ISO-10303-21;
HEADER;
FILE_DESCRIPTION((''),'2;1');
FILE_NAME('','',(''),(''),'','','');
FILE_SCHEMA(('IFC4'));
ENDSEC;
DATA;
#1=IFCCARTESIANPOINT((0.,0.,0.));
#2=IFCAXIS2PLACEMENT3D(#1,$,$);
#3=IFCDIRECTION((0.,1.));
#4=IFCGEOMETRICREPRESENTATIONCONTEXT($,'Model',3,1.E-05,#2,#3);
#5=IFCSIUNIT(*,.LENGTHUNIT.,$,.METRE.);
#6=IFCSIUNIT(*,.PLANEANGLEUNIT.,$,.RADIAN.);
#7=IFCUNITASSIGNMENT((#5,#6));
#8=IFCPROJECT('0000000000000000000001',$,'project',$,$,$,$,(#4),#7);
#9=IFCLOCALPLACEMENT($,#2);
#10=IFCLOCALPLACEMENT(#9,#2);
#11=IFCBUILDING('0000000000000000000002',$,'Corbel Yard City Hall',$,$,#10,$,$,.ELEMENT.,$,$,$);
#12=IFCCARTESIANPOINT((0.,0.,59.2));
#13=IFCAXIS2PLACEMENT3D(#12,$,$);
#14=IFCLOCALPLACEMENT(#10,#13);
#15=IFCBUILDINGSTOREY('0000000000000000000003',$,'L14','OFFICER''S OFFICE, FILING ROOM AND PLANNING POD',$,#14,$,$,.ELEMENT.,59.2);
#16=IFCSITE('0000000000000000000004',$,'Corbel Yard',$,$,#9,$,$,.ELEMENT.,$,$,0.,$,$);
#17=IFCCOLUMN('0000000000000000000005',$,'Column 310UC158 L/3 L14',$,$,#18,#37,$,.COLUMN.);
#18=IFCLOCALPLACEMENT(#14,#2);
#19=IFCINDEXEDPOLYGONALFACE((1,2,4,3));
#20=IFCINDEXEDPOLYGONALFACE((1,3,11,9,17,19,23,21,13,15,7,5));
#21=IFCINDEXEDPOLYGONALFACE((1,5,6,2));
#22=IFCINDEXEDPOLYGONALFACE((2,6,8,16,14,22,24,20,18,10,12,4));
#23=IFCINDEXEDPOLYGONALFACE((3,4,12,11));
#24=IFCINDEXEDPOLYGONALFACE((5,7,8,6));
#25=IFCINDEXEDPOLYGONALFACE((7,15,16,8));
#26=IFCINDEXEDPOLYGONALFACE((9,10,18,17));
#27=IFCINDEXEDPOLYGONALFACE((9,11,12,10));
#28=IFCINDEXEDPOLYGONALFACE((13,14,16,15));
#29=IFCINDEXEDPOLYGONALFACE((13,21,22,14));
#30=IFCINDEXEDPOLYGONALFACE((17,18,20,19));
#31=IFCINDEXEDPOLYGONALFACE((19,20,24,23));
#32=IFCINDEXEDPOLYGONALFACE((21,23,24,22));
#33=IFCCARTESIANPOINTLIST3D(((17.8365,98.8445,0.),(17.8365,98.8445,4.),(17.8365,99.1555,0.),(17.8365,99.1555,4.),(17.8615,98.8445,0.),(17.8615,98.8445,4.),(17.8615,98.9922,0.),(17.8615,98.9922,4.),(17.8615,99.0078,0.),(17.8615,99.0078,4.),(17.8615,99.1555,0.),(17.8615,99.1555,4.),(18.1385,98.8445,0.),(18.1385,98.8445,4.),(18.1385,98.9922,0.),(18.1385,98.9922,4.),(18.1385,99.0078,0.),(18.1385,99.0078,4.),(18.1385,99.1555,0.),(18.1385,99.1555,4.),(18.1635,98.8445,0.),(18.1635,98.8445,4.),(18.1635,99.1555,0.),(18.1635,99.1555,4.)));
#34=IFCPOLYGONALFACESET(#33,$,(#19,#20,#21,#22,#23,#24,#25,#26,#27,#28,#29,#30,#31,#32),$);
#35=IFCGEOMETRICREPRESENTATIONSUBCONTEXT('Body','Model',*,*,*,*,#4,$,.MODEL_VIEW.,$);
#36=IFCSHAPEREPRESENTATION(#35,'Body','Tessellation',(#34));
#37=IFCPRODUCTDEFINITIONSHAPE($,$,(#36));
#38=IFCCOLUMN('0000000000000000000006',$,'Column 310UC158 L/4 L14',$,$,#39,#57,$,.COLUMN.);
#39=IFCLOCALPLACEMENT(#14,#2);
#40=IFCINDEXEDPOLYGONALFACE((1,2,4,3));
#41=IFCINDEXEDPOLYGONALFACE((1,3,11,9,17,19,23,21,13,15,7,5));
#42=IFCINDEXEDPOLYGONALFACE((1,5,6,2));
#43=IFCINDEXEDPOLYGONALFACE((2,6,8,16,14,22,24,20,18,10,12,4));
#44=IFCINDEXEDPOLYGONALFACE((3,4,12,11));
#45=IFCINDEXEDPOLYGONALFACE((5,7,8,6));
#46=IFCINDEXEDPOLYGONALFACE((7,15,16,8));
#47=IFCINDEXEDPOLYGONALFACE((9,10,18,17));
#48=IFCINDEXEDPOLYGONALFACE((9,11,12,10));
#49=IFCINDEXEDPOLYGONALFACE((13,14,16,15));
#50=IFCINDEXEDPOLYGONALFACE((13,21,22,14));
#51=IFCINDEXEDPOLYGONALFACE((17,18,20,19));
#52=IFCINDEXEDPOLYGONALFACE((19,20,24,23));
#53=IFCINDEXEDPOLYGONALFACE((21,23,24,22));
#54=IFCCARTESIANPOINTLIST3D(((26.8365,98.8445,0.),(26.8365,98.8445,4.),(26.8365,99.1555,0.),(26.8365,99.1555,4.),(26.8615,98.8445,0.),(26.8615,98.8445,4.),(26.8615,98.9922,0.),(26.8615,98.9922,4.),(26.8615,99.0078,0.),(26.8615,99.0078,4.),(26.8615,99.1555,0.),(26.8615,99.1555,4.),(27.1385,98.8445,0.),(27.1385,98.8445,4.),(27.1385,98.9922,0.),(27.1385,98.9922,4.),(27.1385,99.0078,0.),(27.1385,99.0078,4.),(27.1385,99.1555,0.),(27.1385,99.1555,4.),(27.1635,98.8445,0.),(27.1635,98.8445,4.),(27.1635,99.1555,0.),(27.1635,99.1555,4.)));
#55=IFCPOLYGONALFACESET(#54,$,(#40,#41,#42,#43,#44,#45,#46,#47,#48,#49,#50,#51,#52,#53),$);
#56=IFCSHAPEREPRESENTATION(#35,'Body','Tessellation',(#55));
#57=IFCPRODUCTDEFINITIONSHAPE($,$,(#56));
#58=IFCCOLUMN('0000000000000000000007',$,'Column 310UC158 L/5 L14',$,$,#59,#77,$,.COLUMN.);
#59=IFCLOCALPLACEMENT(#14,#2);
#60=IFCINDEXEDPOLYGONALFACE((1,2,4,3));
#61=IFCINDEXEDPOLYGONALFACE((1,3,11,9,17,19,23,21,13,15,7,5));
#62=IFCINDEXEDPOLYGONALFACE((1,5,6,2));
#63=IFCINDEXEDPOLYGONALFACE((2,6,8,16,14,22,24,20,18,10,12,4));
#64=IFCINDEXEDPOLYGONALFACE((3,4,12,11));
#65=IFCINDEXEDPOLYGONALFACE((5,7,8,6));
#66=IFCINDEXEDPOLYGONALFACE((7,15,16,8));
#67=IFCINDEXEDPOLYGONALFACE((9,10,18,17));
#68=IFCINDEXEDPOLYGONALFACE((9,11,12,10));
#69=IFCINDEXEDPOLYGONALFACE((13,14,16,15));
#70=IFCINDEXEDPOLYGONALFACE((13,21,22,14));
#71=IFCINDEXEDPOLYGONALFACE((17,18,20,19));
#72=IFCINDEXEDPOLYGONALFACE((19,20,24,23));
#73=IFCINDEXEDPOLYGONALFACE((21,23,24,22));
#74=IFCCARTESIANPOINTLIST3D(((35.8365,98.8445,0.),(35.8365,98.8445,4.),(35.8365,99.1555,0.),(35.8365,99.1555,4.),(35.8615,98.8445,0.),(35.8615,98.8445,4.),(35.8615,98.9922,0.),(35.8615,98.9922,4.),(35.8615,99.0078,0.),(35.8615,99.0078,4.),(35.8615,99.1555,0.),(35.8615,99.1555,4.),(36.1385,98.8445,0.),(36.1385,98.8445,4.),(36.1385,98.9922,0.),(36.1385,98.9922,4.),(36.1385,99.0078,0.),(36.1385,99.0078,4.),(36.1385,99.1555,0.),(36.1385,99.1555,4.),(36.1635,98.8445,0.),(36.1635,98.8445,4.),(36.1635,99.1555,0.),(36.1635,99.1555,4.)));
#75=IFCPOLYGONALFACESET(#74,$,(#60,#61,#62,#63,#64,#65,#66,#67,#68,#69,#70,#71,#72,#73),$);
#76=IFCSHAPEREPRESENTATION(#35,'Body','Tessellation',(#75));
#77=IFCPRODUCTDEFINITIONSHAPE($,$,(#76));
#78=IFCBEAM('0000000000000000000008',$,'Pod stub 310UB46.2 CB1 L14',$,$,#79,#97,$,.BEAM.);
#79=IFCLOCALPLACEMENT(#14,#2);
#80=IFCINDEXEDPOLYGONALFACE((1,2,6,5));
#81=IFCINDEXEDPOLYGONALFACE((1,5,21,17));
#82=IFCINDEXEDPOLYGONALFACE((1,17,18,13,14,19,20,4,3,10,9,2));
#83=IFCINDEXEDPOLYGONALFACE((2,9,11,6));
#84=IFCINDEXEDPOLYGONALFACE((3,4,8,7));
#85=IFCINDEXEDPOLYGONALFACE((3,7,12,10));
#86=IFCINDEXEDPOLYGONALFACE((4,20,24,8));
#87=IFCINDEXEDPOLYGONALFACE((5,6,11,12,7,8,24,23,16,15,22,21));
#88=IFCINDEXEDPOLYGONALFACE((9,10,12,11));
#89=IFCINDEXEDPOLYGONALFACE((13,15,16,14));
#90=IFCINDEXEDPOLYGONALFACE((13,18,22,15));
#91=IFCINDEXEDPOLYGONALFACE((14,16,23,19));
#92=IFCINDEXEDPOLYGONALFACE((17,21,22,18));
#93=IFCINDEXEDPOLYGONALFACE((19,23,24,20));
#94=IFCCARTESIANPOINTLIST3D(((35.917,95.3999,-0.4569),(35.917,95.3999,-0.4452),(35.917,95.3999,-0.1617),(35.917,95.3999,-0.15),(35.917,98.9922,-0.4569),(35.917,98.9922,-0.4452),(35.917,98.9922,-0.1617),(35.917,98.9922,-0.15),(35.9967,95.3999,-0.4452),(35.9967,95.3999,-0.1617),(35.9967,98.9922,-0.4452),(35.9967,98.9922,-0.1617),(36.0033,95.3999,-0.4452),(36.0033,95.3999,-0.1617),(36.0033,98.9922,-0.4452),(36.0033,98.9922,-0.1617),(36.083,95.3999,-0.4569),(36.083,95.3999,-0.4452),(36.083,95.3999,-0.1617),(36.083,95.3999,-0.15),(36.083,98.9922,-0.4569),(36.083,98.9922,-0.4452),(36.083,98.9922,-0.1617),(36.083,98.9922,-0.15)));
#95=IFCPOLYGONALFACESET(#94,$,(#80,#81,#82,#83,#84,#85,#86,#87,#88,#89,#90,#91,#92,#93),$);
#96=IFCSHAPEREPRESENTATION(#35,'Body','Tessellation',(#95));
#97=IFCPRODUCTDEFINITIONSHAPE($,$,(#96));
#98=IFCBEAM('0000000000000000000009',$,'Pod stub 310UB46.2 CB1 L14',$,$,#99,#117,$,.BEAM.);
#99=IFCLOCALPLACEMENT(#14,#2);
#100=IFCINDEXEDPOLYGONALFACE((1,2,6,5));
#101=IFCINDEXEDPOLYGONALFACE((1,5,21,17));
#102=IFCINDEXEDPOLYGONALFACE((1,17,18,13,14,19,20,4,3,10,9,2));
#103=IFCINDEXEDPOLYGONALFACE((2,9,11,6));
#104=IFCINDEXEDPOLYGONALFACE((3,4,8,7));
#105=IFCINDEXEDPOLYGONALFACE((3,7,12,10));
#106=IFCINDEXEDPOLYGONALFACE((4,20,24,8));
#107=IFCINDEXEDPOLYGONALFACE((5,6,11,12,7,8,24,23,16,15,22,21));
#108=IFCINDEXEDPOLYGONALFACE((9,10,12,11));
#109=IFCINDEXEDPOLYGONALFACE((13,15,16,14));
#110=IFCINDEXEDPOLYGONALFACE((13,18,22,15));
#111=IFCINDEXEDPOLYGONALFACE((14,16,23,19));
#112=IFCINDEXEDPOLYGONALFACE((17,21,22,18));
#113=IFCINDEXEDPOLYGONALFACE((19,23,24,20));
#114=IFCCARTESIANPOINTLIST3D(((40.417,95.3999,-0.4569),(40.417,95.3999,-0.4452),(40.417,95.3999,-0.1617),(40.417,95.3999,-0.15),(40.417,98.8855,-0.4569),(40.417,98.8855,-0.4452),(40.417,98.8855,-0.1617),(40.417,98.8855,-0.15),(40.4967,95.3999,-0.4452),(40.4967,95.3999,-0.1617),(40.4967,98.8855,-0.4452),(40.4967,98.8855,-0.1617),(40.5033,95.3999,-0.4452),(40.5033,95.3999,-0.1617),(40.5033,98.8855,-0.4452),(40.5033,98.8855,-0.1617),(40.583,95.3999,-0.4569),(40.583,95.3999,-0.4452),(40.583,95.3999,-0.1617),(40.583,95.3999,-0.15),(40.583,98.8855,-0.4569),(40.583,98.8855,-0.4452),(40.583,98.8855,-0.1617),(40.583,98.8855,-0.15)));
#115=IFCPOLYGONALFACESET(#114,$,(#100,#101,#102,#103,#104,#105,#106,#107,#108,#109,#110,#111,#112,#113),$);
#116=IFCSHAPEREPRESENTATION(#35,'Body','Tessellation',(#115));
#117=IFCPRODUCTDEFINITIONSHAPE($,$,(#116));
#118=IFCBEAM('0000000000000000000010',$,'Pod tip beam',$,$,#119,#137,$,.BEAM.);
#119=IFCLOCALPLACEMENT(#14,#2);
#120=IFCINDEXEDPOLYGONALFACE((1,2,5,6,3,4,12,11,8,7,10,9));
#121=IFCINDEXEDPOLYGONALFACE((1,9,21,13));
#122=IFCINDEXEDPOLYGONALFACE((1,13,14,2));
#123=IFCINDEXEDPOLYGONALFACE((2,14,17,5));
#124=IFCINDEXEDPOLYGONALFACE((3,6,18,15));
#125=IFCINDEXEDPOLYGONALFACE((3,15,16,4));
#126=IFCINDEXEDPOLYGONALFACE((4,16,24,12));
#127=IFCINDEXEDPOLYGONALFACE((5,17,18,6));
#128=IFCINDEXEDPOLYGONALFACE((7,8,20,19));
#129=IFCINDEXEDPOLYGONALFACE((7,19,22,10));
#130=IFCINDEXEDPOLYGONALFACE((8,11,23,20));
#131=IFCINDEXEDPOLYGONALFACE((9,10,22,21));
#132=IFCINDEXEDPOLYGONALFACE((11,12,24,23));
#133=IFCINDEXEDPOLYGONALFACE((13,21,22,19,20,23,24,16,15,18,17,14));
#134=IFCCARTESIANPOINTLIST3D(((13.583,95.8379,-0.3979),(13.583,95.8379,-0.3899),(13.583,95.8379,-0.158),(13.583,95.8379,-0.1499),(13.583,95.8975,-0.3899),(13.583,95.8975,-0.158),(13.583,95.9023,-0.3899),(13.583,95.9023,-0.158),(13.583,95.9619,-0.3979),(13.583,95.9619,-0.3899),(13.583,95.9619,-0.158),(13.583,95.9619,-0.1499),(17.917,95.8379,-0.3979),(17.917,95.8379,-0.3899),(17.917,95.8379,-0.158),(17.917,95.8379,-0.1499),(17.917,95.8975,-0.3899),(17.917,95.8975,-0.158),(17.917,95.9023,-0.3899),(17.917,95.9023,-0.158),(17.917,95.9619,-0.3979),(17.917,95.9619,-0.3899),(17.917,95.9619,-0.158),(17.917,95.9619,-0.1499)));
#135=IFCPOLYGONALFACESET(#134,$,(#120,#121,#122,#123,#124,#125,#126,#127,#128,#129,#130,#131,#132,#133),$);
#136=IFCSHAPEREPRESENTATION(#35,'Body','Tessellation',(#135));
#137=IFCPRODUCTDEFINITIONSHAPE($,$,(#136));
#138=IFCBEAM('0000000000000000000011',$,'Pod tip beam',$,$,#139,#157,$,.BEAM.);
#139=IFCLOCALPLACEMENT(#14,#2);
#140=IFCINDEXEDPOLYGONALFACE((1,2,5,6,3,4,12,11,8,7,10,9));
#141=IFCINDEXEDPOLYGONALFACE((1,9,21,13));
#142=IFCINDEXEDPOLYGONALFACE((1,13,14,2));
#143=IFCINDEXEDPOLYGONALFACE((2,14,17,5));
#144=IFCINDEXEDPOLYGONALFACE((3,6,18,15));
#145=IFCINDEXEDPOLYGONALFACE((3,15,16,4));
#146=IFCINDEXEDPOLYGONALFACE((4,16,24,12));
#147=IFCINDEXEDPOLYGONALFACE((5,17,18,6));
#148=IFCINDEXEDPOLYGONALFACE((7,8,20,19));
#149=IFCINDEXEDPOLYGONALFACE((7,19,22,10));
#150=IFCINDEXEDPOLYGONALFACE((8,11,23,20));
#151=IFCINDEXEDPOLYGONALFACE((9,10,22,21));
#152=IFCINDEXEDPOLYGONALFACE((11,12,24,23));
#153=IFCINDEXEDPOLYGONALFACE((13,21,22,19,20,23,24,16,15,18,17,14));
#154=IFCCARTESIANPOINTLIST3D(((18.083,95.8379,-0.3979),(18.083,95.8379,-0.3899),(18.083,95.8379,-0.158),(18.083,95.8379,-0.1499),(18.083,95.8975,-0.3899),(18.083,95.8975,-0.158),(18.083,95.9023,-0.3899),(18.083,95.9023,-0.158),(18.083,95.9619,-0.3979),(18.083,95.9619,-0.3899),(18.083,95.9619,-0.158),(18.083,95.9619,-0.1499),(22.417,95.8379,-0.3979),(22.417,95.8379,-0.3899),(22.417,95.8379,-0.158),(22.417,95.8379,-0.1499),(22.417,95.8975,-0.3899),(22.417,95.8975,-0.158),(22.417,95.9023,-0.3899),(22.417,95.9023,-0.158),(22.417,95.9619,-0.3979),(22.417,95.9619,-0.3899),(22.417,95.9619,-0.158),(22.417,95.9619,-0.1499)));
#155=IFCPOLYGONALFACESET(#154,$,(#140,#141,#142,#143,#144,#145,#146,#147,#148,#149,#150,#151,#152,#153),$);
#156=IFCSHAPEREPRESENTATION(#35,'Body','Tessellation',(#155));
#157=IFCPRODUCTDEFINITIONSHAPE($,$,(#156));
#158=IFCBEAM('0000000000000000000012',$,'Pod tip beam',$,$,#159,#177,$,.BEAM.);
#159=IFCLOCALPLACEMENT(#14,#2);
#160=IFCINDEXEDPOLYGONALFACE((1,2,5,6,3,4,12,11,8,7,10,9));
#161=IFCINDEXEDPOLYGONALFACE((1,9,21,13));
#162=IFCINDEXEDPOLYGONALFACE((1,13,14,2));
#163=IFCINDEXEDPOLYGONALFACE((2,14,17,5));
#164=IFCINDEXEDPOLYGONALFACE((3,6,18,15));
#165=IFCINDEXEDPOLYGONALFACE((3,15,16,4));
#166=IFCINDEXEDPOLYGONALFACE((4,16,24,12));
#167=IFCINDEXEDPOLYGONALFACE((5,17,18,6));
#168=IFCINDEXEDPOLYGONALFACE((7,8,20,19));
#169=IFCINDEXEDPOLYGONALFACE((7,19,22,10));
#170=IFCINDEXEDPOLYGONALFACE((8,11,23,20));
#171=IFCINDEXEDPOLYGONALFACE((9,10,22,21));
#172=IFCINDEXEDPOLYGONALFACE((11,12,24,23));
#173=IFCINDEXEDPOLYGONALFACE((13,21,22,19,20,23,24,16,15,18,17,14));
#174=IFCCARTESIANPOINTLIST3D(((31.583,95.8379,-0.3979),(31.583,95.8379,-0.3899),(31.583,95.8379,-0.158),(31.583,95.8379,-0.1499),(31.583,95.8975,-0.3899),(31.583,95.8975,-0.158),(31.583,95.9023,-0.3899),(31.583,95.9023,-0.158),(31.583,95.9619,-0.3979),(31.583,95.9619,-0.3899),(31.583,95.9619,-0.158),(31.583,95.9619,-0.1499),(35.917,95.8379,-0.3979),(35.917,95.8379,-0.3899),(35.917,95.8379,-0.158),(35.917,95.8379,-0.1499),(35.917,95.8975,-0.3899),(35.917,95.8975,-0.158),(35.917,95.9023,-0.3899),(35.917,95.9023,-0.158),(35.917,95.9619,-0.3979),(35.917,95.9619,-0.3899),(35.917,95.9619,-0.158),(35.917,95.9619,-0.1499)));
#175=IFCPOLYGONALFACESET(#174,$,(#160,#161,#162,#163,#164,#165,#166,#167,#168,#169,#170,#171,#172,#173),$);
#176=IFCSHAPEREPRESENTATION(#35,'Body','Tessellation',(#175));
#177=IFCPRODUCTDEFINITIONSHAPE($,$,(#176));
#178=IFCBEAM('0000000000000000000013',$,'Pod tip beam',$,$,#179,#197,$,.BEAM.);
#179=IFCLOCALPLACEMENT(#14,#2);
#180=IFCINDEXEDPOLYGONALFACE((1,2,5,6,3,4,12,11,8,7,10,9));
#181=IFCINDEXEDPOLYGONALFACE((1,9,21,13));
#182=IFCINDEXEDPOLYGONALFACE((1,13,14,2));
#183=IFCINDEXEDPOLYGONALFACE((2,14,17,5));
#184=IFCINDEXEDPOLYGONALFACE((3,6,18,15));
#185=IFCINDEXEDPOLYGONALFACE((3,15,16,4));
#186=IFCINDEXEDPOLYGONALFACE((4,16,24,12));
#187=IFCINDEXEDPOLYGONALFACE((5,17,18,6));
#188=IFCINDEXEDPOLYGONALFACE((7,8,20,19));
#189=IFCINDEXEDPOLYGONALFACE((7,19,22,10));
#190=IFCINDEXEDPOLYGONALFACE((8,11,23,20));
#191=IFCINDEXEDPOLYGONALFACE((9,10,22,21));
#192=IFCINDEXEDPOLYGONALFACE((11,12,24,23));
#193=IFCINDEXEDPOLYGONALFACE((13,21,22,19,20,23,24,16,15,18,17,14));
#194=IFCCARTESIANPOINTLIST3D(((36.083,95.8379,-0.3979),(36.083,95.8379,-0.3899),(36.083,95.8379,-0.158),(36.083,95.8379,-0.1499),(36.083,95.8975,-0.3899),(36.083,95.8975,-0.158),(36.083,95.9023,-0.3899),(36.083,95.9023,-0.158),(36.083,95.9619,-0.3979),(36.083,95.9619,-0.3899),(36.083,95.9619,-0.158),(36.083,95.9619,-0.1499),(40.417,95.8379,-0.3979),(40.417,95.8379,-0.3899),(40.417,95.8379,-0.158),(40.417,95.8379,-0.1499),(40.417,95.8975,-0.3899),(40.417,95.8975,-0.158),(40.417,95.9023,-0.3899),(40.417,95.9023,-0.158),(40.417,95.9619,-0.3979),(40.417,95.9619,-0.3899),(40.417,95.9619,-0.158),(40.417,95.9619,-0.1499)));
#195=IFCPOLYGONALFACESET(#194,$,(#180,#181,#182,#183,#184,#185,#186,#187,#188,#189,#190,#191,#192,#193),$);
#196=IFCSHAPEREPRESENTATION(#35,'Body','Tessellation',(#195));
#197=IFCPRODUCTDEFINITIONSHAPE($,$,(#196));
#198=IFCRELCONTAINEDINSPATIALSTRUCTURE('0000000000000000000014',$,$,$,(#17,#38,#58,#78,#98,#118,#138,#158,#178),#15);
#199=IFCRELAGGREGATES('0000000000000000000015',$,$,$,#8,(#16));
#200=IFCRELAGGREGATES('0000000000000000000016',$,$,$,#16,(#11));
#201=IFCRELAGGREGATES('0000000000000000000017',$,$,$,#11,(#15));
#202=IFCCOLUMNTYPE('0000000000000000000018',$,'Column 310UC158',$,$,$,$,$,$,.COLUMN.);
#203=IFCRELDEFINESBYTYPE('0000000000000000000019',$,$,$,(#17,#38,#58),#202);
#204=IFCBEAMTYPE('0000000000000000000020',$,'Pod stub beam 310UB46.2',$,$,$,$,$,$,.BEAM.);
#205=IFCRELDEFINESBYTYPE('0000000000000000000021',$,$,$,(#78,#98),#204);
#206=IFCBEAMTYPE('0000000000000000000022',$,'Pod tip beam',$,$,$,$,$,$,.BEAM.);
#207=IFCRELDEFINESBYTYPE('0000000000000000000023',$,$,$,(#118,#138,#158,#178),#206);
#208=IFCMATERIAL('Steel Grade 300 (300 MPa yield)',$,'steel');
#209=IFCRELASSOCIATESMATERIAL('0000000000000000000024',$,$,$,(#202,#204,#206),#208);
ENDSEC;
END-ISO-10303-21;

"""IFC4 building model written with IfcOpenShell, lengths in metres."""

from ifc_helpers import new_model, si_unit, direction, frame, origin, origin_2d, place, context, subcontext, project, spatial, i_section, extrude, material, material_profile, profile_set, type_object, element, save


model = new_model("IFC4")

# Units and contexts
model_context = context("Model", 3, precision=1e-05, world=origin(), true_north=direction((0.0, 1.0)))
body_context = subcontext(model_context, "Body", "Model", "MODEL_VIEW")
ifc_project = project(units=[si_unit("LENGTHUNIT", "METRE"), si_unit("PLANEANGLEUNIT", "RADIAN")], contexts=[model_context])

# Site, building, storey
site_placement = place(None, origin())
site = spatial("IfcSite", under=ifc_project, at=site_placement, Name="Corbel Yard", CompositionType="ELEMENT", RefElevation=0.0)
building_placement = place(site_placement, origin())
building = spatial("IfcBuilding", under=site, at=building_placement, Name="Corbel Yard City Hall", CompositionType="ELEMENT")
storey_placement = place(building_placement, frame((0.0, 0.0, 59.2)))
storey = spatial("IfcBuildingStorey", under=building, at=storey_placement, Name="L14", Description="OFFICER'S OFFICE, FILING ROOM AND PLANNING POD", CompositionType="ELEMENT", Elevation=59.2)

# Columns
ifc_material_1 = material(Name="Steel Grade 300 (300 MPa yield)", Category="steel")
ifc_material_profile_1 = material_profile(ifc_material_1, i_section(OverallWidth=0.311, OverallDepth=0.3269, WebThickness=0.0156, FlangeThickness=0.0249, at=origin_2d()), Name="310UC158")
ifc_profile_set_1 = profile_set([ifc_material_profile_1], Name="Steel Grade 300 (300 MPa yield)")
column_type = type_object("IfcColumnType", Name="Column 310UC158", PredefinedType="COLUMN", material=ifc_profile_set_1)
for number, where, z_axis, x_axis, name in (
    (1, (18.0, 99.0, 0.0), (0.0, 0.0, 1.0), (0.0, 1.0, 0.0), "Column 310UC158 L/3 L14"),
    (2, (27.0, 99.0, 0.0), (0.0, 0.0, 1.0), (0.0, 1.0, 0.0), "Column 310UC158 L/4 L14"),
    (3, (36.0, 99.0, 0.0), (0.0, 0.0, 1.0), (0.0, 1.0, 0.0), "Column 310UC158 L/5 L14"),
):
    element("IfcColumn", number, at=place(storey_placement, frame(where, z_axis=z_axis, x_axis=x_axis)), inside=storey, type_object=column_type, Name=name, PredefinedType="COLUMN", context=body_context, shape_type="SweptSolid", body=[
        extrude(i_section(OverallWidth=0.311, OverallDepth=0.3269, WebThickness=0.0156, FlangeThickness=0.0249, at=origin_2d()), origin(), (0.0, 0.0, 1.0), 4.0),
    ])

# Beams
ifc_material_profile_2 = material_profile(ifc_material_1, i_section(OverallWidth=0.166, OverallDepth=0.3069, WebThickness=0.0066, FlangeThickness=0.0117, at=origin_2d()), Name="310UB46.2")
ifc_profile_set_2 = profile_set([ifc_material_profile_2], Name="Steel Grade 300 (300 MPa yield)")
beam_type_1 = type_object("IfcBeamType", Name="Pod stub beam 310UB46.2", PredefinedType="BEAM", material=ifc_profile_set_2)
beam_1_placement = place(storey_placement, frame((36.0, 95.3999, -0.3035), z_axis=(0.0, 1.0, 0.0), x_axis=(-1.0, 0.0, 0.0)))
element("IfcBeam", 4, at=beam_1_placement, inside=storey, type_object=beam_type_1, Name="Pod stub 310UB46.2 CB1 L14", PredefinedType="BEAM", context=body_context, shape_type="SweptSolid", body=[
    extrude(i_section(OverallWidth=0.166, OverallDepth=0.3069, WebThickness=0.0066, FlangeThickness=0.0117, at=origin_2d()), origin(), (0.0, 0.0, 1.0), 3.5923),
])
beam_2_placement = place(storey_placement, frame((40.5, 95.3999, -0.3035), z_axis=(0.0, 1.0, 0.0), x_axis=(-1.0, 0.0, 0.0)))
element("IfcBeam", 5, at=beam_2_placement, inside=storey, type_object=beam_type_1, Name="Pod stub 310UB46.2 CB1 L14", PredefinedType="BEAM", context=body_context, shape_type="SweptSolid", body=[
    extrude(i_section(OverallWidth=0.166, OverallDepth=0.3069, WebThickness=0.0066, FlangeThickness=0.0117, at=origin_2d()), origin(), (0.0, 0.0, 1.0), 3.4856),
])
ifc_material_profile_3 = material_profile(ifc_material_1, i_section(OverallWidth=0.124, OverallDepth=0.248, WebThickness=0.0049, FlangeThickness=0.0081, at=origin_2d()), Name="250UB25.7")
ifc_profile_set_3 = profile_set([ifc_material_profile_3], Name="Steel Grade 300 (300 MPa yield)")
beam_type_2 = type_object("IfcBeamType", Name="Pod tip beam", PredefinedType="BEAM", material=ifc_profile_set_3)
for number, where, z_axis, x_axis, name in (
    (6, (13.583, 95.8999, -0.2739), (1.0, 0.0, 0.0), (0.0, 1.0, 0.0), "Pod tip beam"),
    (7, (18.083, 95.8999, -0.2739), (1.0, 0.0, 0.0), (0.0, 1.0, 0.0), "Pod tip beam"),
    (8, (31.583, 95.8999, -0.2739), (1.0, 0.0, 0.0), (0.0, 1.0, 0.0), "Pod tip beam"),
    (9, (36.083, 95.8999, -0.2739), (1.0, 0.0, 0.0), (0.0, 1.0, 0.0), "Pod tip beam"),
):
    element("IfcBeam", number, at=place(storey_placement, frame(where, z_axis=z_axis, x_axis=x_axis)), inside=storey, type_object=beam_type_2, Name=name, PredefinedType="BEAM", context=body_context, shape_type="SweptSolid", body=[
        extrude(i_section(OverallWidth=0.124, OverallDepth=0.248, WebThickness=0.0049, FlangeThickness=0.0081, at=origin_2d()), origin(), (0.0, 0.0, 1.0), 4.334),
    ])

save(model, "model.ifc")
